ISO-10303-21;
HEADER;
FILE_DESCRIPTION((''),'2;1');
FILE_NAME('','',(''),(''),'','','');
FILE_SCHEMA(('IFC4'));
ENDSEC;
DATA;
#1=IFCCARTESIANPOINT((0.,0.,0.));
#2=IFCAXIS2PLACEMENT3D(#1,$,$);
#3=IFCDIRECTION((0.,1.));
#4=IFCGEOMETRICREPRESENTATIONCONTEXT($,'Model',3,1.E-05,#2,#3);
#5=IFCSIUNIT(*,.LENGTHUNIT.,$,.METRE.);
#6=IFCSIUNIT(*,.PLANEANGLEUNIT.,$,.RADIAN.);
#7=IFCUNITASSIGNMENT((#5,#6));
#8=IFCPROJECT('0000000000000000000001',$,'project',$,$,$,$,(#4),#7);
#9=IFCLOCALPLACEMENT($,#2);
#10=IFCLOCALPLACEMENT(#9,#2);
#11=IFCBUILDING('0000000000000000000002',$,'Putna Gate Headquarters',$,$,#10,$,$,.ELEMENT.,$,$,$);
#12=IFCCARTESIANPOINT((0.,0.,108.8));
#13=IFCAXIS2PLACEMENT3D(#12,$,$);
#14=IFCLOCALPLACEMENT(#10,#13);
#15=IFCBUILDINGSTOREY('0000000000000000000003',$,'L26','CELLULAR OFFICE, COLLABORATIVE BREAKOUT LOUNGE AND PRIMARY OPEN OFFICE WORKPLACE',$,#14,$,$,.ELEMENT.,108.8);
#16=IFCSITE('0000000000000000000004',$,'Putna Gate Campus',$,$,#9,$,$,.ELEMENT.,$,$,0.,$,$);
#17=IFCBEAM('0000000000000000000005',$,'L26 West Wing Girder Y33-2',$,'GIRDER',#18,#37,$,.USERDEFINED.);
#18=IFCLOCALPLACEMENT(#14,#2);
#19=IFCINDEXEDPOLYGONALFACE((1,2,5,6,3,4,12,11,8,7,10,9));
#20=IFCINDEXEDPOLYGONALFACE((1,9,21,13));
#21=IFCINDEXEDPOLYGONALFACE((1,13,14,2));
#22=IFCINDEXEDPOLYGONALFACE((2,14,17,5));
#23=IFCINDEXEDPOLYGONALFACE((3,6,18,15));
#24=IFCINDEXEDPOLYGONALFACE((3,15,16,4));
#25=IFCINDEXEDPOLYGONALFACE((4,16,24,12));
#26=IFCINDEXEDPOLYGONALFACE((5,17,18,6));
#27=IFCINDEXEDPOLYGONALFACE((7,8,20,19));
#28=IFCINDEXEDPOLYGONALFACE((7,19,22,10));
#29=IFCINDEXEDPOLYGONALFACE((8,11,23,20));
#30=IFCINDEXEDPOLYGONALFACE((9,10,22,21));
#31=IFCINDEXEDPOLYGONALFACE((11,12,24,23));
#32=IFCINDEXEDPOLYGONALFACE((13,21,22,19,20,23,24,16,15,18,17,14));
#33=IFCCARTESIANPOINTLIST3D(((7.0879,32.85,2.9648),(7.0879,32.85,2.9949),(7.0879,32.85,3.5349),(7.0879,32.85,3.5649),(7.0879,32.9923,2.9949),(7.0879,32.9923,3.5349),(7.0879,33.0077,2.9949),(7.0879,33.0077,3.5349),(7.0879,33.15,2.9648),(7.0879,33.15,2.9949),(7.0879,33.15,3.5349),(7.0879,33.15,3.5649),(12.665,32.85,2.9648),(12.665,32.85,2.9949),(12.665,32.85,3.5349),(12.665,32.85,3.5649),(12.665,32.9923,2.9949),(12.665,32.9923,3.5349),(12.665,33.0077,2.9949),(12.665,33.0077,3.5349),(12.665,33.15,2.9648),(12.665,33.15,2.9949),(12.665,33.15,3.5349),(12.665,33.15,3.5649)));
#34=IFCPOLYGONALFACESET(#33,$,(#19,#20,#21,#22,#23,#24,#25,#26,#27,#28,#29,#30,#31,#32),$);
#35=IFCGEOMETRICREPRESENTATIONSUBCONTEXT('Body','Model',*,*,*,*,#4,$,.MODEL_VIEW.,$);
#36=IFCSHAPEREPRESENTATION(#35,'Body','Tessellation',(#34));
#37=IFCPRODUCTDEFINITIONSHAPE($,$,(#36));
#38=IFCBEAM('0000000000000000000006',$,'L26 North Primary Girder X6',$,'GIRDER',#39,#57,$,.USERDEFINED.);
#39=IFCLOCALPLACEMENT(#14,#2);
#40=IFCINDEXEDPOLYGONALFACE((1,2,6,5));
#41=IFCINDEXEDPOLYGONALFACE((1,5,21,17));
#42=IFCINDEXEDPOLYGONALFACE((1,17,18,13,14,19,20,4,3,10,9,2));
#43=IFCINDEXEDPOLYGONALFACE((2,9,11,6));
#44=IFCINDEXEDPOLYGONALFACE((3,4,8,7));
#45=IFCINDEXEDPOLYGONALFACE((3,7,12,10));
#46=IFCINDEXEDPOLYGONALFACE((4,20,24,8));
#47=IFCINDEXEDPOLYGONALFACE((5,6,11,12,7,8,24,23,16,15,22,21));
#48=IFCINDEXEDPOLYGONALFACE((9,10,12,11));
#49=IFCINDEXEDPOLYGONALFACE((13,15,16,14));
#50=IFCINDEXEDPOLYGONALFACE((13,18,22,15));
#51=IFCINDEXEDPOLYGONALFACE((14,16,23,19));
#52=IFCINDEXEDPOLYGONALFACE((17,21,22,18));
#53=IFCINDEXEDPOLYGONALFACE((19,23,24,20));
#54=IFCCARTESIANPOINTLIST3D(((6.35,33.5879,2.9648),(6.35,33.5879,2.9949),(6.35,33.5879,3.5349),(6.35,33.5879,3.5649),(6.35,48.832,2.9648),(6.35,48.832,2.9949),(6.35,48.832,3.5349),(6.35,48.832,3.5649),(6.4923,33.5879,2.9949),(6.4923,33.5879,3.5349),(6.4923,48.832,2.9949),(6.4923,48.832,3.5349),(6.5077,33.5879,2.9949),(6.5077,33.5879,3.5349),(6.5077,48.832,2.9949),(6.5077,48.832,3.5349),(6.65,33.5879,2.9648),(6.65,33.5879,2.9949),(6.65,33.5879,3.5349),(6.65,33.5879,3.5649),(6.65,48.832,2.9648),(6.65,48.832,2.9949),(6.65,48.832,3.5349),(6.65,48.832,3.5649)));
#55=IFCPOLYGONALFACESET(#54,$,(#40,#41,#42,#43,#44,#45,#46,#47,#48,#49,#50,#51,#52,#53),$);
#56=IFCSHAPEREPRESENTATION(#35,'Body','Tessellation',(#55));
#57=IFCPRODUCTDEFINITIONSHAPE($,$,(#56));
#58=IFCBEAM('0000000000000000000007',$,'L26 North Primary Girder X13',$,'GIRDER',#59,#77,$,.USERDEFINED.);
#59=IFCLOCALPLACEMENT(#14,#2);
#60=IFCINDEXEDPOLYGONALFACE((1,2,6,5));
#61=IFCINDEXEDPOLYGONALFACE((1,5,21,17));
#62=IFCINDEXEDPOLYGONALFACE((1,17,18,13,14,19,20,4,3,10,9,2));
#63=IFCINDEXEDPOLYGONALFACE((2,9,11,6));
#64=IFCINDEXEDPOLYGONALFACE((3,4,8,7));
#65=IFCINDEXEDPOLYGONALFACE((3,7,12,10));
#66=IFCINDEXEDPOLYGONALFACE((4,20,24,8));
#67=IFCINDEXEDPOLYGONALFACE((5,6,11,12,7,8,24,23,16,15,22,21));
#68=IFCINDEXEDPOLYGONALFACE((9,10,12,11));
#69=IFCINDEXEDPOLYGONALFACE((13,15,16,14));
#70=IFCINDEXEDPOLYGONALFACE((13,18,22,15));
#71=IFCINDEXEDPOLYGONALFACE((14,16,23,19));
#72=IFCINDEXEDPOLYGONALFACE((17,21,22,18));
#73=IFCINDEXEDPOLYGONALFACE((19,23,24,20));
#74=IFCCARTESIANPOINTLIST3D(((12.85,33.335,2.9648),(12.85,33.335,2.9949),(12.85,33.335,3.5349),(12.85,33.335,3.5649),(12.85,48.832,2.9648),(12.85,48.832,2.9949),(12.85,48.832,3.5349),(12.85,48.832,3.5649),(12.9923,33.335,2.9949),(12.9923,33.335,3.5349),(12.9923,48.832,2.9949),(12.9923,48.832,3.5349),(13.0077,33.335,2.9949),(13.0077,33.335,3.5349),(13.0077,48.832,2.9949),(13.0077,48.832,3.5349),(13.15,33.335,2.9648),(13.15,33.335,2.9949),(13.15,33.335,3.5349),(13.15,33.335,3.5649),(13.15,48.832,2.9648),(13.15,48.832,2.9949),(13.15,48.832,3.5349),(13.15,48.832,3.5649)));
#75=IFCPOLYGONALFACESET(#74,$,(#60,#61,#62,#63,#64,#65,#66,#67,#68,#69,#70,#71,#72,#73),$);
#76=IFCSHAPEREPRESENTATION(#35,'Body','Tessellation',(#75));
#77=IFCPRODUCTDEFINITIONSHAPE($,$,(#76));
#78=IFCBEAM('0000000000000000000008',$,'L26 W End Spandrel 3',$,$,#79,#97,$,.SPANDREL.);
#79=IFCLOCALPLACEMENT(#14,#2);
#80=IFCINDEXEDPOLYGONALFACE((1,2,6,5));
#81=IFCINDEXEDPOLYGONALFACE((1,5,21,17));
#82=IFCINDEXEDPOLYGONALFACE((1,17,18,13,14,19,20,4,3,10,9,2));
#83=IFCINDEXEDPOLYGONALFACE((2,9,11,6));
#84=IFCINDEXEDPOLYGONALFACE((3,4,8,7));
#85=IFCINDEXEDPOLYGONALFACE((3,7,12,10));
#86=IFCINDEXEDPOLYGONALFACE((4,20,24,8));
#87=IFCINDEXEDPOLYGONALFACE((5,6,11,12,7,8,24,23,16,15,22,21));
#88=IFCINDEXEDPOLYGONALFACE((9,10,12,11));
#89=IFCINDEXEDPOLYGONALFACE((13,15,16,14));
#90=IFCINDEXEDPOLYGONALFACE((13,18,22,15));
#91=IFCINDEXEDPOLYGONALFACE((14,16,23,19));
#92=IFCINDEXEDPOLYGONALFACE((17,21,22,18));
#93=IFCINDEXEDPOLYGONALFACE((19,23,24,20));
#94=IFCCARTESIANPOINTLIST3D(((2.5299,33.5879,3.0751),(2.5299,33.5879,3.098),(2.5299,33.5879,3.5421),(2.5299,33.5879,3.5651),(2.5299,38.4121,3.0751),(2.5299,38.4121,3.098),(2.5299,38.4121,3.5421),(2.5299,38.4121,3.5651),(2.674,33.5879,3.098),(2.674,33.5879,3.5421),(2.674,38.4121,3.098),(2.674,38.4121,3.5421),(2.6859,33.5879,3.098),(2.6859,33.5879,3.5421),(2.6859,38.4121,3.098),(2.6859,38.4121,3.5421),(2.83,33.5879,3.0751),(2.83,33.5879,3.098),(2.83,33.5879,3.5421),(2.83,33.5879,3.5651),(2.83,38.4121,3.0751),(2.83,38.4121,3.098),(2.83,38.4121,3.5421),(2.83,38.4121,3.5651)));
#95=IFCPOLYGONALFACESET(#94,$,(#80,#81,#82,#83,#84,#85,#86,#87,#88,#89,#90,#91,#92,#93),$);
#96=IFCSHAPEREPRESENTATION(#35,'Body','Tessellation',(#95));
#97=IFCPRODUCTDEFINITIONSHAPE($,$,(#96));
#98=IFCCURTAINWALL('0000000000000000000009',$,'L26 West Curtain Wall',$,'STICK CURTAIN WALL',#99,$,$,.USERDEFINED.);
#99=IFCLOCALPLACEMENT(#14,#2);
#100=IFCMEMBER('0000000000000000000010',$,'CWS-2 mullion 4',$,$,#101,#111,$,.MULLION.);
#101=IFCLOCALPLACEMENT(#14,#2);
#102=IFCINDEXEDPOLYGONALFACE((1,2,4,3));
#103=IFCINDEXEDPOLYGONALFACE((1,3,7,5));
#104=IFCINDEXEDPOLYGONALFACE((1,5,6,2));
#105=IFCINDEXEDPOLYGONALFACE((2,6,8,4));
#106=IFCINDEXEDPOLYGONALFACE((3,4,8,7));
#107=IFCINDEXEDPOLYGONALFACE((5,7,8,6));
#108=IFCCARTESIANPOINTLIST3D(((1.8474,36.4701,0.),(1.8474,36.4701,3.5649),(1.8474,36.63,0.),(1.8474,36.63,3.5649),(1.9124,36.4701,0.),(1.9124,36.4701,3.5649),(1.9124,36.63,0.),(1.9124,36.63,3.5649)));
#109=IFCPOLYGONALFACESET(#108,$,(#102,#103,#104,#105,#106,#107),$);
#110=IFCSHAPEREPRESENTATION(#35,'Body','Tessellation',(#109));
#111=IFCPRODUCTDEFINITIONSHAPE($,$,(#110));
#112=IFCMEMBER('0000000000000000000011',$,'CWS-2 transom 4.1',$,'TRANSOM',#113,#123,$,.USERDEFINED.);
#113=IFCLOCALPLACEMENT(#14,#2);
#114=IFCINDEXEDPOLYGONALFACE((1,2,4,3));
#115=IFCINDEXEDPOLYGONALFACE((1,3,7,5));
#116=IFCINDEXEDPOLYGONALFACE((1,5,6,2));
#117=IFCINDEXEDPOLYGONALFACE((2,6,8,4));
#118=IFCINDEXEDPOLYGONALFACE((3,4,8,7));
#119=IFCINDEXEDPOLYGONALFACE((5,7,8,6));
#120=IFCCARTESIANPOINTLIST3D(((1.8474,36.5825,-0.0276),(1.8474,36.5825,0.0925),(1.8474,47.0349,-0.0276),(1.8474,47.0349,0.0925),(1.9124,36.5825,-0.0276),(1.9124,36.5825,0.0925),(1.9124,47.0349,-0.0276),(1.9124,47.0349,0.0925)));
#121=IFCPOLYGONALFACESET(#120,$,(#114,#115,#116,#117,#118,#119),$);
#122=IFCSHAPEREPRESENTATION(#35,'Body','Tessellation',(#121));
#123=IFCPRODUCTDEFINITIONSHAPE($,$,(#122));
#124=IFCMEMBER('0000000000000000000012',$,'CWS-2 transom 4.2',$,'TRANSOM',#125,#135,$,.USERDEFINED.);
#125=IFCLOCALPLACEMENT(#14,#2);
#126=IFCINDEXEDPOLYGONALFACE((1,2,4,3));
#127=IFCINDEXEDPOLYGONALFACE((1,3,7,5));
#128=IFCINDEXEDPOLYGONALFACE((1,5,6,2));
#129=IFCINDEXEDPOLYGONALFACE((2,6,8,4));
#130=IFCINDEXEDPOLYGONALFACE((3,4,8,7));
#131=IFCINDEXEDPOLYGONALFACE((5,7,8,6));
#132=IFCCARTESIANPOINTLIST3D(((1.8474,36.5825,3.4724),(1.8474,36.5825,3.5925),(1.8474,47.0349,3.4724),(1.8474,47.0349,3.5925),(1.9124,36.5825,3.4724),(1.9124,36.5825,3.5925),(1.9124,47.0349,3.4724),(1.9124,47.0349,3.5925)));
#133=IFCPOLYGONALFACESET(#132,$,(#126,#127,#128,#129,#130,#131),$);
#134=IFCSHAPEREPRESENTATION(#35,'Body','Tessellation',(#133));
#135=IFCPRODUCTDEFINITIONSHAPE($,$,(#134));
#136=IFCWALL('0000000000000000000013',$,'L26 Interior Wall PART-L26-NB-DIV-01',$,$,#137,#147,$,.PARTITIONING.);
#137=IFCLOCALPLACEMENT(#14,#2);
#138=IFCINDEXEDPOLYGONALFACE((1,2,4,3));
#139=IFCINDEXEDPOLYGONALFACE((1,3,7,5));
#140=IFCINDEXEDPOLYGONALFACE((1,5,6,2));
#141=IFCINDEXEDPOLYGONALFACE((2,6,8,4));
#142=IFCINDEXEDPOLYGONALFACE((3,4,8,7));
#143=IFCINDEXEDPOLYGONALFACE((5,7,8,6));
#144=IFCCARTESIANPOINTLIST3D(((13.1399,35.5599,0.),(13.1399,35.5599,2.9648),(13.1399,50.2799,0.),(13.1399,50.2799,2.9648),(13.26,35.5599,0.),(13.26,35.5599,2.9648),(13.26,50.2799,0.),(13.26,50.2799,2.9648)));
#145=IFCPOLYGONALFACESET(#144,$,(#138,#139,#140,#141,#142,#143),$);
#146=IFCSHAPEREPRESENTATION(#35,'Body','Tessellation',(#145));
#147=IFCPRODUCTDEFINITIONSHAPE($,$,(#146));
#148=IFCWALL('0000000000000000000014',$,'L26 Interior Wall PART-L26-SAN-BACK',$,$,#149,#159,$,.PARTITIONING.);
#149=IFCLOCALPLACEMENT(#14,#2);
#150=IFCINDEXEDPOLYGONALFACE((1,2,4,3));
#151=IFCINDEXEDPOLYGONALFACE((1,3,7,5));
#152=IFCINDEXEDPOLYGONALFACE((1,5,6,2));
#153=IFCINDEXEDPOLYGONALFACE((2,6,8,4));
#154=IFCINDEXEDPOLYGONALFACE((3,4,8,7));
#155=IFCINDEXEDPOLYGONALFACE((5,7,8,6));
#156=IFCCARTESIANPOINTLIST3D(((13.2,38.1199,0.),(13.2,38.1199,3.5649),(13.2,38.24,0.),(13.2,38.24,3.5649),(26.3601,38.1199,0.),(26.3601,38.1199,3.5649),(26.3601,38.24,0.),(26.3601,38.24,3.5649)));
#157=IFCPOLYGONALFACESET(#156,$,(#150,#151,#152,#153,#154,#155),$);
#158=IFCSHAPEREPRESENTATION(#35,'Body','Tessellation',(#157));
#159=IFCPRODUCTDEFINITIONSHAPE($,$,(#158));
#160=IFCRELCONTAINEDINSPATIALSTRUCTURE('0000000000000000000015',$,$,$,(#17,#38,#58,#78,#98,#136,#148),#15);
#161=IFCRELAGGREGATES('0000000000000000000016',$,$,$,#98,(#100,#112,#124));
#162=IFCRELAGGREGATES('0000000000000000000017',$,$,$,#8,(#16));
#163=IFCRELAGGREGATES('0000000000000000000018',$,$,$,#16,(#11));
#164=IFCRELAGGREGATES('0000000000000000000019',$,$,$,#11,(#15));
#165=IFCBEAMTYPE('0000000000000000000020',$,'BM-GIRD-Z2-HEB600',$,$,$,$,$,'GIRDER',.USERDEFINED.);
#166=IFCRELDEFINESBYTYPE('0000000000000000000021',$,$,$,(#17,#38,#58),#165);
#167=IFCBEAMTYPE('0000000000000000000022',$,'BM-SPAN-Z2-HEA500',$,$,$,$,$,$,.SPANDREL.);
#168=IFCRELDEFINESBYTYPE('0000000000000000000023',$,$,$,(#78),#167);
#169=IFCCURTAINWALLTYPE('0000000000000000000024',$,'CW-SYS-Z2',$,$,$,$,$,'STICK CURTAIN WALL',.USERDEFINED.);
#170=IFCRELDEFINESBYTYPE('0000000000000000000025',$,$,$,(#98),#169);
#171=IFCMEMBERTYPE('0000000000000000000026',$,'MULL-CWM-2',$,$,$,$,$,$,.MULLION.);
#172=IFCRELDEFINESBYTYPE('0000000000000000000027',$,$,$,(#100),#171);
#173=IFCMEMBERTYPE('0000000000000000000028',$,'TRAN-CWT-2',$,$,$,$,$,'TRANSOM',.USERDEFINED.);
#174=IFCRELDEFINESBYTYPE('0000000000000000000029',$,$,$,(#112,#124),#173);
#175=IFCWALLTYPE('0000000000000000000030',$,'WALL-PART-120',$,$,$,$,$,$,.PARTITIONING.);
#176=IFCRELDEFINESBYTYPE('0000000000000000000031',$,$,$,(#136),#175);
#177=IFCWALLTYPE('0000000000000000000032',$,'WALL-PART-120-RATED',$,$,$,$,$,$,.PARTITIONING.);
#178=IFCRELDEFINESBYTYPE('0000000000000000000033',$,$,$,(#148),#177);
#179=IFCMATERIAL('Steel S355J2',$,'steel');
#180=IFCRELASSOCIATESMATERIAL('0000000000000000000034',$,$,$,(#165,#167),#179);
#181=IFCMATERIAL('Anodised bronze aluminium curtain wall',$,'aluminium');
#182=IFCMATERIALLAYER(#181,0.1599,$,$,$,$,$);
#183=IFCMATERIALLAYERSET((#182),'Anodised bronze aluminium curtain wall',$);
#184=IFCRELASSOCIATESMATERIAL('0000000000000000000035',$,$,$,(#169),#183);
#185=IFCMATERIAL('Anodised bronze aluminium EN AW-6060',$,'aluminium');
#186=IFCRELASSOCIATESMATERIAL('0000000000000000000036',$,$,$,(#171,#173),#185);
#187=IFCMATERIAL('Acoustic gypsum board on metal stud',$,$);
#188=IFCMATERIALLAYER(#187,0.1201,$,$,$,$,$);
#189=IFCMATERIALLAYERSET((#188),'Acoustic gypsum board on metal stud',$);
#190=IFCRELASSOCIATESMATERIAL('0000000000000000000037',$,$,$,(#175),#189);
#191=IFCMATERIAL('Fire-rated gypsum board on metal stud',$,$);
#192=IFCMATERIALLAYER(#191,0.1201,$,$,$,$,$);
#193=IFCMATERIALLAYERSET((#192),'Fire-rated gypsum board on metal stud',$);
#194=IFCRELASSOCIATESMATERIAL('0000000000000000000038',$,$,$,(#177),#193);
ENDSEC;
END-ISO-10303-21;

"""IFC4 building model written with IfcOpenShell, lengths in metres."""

from ifc_helpers import new_model, si_unit, direction, frame, frame_2d, origin, origin_2d, place, context, subcontext, project, spatial, rectangle, i_section, extrude, material, layer, layer_set, material_profile, profile_set, type_object, element, aggregate, save


model = new_model("IFC4")

# Units and contexts
model_context = context("Model", 3, precision=1e-05, world=origin(), true_north=direction((0.0, 1.0)))
body_context = subcontext(model_context, "Body", "Model", "MODEL_VIEW")
ifc_project = project(units=[si_unit("LENGTHUNIT", "METRE"), si_unit("PLANEANGLEUNIT", "RADIAN")], contexts=[model_context])

# Site, building, storey
site_placement = place(None, origin())
site = spatial("IfcSite", under=ifc_project, at=site_placement, Name="Putna Gate Campus", CompositionType="ELEMENT", RefElevation=0.0)
building_placement = place(site_placement, origin())
building = spatial("IfcBuilding", under=site, at=building_placement, Name="Putna Gate Headquarters", CompositionType="ELEMENT")
storey_placement = place(building_placement, frame((0.0, 0.0, 108.8)))
storey = spatial("IfcBuildingStorey", under=building, at=storey_placement, Name="L26", Description="CELLULAR OFFICE, COLLABORATIVE BREAKOUT LOUNGE AND PRIMARY OPEN OFFICE WORKPLACE", CompositionType="ELEMENT", Elevation=108.8)

# Beams
ifc_material_1 = material(Name="Steel S355J2", Category="steel")
ifc_material_profile_1 = material_profile(ifc_material_1, i_section(OverallWidth=0.3, OverallDepth=0.6001, WebThickness=0.0154, FlangeThickness=0.03, at=origin_2d()), Name="Steel S355J2")
ifc_profile_set_1 = profile_set([ifc_material_profile_1], Name="Steel S355J2")
beam_type_1 = type_object("IfcBeamType", Name="BM-GIRD-Z2-HEB600", ElementType="GIRDER", PredefinedType="USERDEFINED", material=ifc_profile_set_1)
beam_1_placement = place(storey_placement, frame((7.0879, 33.0, 3.2649), z_axis=(1.0, 0.0, 0.0), x_axis=(0.0, 1.0, 0.0)))
element("IfcBeam", 1, at=beam_1_placement, inside=storey, type_object=beam_type_1, Name="L26 West Wing Girder Y33-2", ObjectType="GIRDER", PredefinedType="USERDEFINED", context=body_context, shape_type="SweptSolid", body=[
    extrude(i_section(OverallWidth=0.3, OverallDepth=0.6001, WebThickness=0.0154, FlangeThickness=0.03, at=origin_2d()), origin(), (0.0, 0.0, 1.0), 5.5771),
])
beam_2_placement = place(storey_placement, frame((6.5, 33.5879, 3.2649), z_axis=(0.0, 1.0, 0.0), x_axis=(-1.0, 0.0, 0.0)))
element("IfcBeam", 2, at=beam_2_placement, inside=storey, type_object=beam_type_1, Name="L26 North Primary Girder X6", ObjectType="GIRDER", PredefinedType="USERDEFINED", context=body_context, shape_type="SweptSolid", body=[
    extrude(i_section(OverallWidth=0.3, OverallDepth=0.6001, WebThickness=0.0154, FlangeThickness=0.03, at=origin_2d()), origin(), (0.0, 0.0, 1.0), 15.2441),
])
beam_3_placement = place(storey_placement, frame((13.0, 33.335, 3.2649), z_axis=(0.0, 1.0, 0.0), x_axis=(-1.0, 0.0, 0.0)))
element("IfcBeam", 3, at=beam_3_placement, inside=storey, type_object=beam_type_1, Name="L26 North Primary Girder X13", ObjectType="GIRDER", PredefinedType="USERDEFINED", context=body_context, shape_type="SweptSolid", body=[
    extrude(i_section(OverallWidth=0.3, OverallDepth=0.6001, WebThickness=0.0154, FlangeThickness=0.03, at=origin_2d()), origin(), (0.0, 0.0, 1.0), 15.4971),
])
ifc_material_profile_2 = material_profile(ifc_material_1, i_section(OverallWidth=0.3, OverallDepth=0.49, WebThickness=0.012, FlangeThickness=0.0229, at=origin_2d()), Name="Steel S355J2")
ifc_profile_set_2 = profile_set([ifc_material_profile_2], Name="Steel S355J2")
beam_type_2 = type_object("IfcBeamType", Name="BM-SPAN-Z2-HEA500", PredefinedType="SPANDREL", material=ifc_profile_set_2)
beam_4_placement = place(storey_placement, frame((2.6799, 33.5879, 3.3201), z_axis=(0.0, 1.0, 0.0), x_axis=(-1.0, 0.0, 0.0)))
element("IfcBeam", 4, at=beam_4_placement, inside=storey, type_object=beam_type_2, Name="L26 W End Spandrel 3", PredefinedType="SPANDREL", context=body_context, shape_type="SweptSolid", body=[
    extrude(i_section(OverallWidth=0.3, OverallDepth=0.49, WebThickness=0.012, FlangeThickness=0.0229, at=origin_2d()), origin(), (0.0, 0.0, 1.0), 4.8242),
])

# Curtain wall, members
ifc_material_2 = material(Name="Anodised bronze aluminium curtain wall", Category="aluminium")
ifc_layer_1 = layer(ifc_material_2, 0.1599)
ifc_layer_set_1 = layer_set([ifc_layer_1], Name="Anodised bronze aluminium curtain wall")
curtain_wall_type = type_object("IfcCurtainWallType", Name="CW-SYS-Z2", ElementType="STICK CURTAIN WALL", PredefinedType="USERDEFINED", material=ifc_layer_set_1)
curtain_wall_placement = place(storey_placement, origin())
curtain_wall = element("IfcCurtainWall", 5, at=curtain_wall_placement, inside=storey, type_object=curtain_wall_type, Name="L26 West Curtain Wall", ObjectType="STICK CURTAIN WALL", PredefinedType="USERDEFINED")
ifc_material_3 = material(Name="Anodised bronze aluminium EN AW-6060", Category="aluminium")
ifc_material_profile_3 = material_profile(ifc_material_3, rectangle(XDim=0.0649, YDim=0.1599, at=origin_2d()), Name="Anodised bronze aluminium EN AW-6060")
ifc_profile_set_3 = profile_set([ifc_material_profile_3], Name="Anodised bronze aluminium EN AW-6060")
member_type_1 = type_object("IfcMemberType", Name="MULL-CWM-2", PredefinedType="MULLION", material=ifc_profile_set_3)
member_1_placement = place(storey_placement, frame((1.8799, 36.55, 0.0), z_axis=(0.0, 0.0, 1.0), x_axis=(-1.0, 0.0, 0.0)))
member_1 = element("IfcMember", 6, at=member_1_placement, type_object=member_type_1, Name="CWS-2 mullion 4", PredefinedType="MULLION", context=body_context, shape_type="SweptSolid", body=[
    extrude(rectangle(XDim=0.0649, YDim=0.1599, at=origin_2d()), origin(), (0.0, 0.0, 1.0), 3.5649),
])
ifc_material_profile_4 = material_profile(ifc_material_3, rectangle(XDim=0.0649, YDim=0.1201, at=origin_2d()), Name="Anodised bronze aluminium EN AW-6060")
ifc_profile_set_4 = profile_set([ifc_material_profile_4], Name="Anodised bronze aluminium EN AW-6060")
member_type_2 = type_object("IfcMemberType", Name="TRAN-CWT-2", ElementType="TRANSOM", PredefinedType="USERDEFINED", material=ifc_profile_set_4)
member_2_placement = place(storey_placement, frame((1.8799, 36.5825, 0.0325), z_axis=(0.0, 1.0, 0.0), x_axis=(-1.0, 0.0, 0.0)))
member_2 = element("IfcMember", 7, at=member_2_placement, type_object=member_type_2, Name="CWS-2 transom 4.1", ObjectType="TRANSOM", PredefinedType="USERDEFINED", context=body_context, shape_type="SweptSolid", body=[
    extrude(rectangle(XDim=0.0649, YDim=0.1201, at=origin_2d()), origin(), (0.0, 0.0, 1.0), 10.4524),
])
member_3_placement = place(storey_placement, frame((1.8799, 36.5825, 3.5325), z_axis=(0.0, 1.0, 0.0), x_axis=(-1.0, 0.0, 0.0)))
member_3 = element("IfcMember", 8, at=member_3_placement, type_object=member_type_2, Name="CWS-2 transom 4.2", ObjectType="TRANSOM", PredefinedType="USERDEFINED", context=body_context, shape_type="SweptSolid", body=[
    extrude(rectangle(XDim=0.0649, YDim=0.1201, at=origin_2d()), origin(), (0.0, 0.0, 1.0), 10.4524),
])
aggregate(curtain_wall, [member_1, member_2, member_3])

# Wall
ifc_material_4 = material(Name="Acoustic gypsum board on metal stud")
ifc_layer_2 = layer(ifc_material_4, 0.1201)
ifc_layer_set_2 = layer_set([ifc_layer_2], Name="Acoustic gypsum board on metal stud")
wall_type_1 = type_object("IfcWallType", Name="WALL-PART-120", PredefinedType="PARTITIONING", material=ifc_layer_set_2)
wall_1_placement = place(storey_placement, frame((13.2, 35.5601, 0.0), z_axis=(0.0, 0.0, 1.0), x_axis=(0.0, 1.0, 0.0)))
element("IfcWall", 9, at=wall_1_placement, inside=storey, type_object=wall_type_1, Name="L26 Interior Wall PART-L26-NB-DIV-01", PredefinedType="PARTITIONING", context=body_context, shape_type="SweptSolid", body=[
    extrude(rectangle(XDim=14.72, YDim=0.1201, at=frame_2d((7.3599, 0.0))), origin(), (0.0, 0.0, 1.0), 2.9648),
])

# Shared definitions
ifc_material_5 = material(Name="Fire-rated gypsum board on metal stud")
ifc_layer_3 = layer(ifc_material_5, 0.1201)
ifc_layer_set_3 = layer_set([ifc_layer_3], Name="Fire-rated gypsum board on metal stud")
wall_type_2 = type_object("IfcWallType", Name="WALL-PART-120-RATED", PredefinedType="PARTITIONING", material=ifc_layer_set_3)

# Wall
wall_2_placement = place(storey_placement, frame((13.2, 38.1799, 0.0), z_axis=(0.0, 0.0, 1.0), x_axis=(1.0, 0.0, 0.0)))
element("IfcWall", 10, at=wall_2_placement, inside=storey, type_object=wall_type_2, Name="L26 Interior Wall PART-L26-SAN-BACK", PredefinedType="PARTITIONING", context=body_context, shape_type="SweptSolid", body=[
    extrude(rectangle(XDim=13.1602, YDim=0.1201, at=frame_2d((6.5801, 0.0))), origin(), (0.0, 0.0, 1.0), 3.5649),
])

save(model, "model.ifc")
